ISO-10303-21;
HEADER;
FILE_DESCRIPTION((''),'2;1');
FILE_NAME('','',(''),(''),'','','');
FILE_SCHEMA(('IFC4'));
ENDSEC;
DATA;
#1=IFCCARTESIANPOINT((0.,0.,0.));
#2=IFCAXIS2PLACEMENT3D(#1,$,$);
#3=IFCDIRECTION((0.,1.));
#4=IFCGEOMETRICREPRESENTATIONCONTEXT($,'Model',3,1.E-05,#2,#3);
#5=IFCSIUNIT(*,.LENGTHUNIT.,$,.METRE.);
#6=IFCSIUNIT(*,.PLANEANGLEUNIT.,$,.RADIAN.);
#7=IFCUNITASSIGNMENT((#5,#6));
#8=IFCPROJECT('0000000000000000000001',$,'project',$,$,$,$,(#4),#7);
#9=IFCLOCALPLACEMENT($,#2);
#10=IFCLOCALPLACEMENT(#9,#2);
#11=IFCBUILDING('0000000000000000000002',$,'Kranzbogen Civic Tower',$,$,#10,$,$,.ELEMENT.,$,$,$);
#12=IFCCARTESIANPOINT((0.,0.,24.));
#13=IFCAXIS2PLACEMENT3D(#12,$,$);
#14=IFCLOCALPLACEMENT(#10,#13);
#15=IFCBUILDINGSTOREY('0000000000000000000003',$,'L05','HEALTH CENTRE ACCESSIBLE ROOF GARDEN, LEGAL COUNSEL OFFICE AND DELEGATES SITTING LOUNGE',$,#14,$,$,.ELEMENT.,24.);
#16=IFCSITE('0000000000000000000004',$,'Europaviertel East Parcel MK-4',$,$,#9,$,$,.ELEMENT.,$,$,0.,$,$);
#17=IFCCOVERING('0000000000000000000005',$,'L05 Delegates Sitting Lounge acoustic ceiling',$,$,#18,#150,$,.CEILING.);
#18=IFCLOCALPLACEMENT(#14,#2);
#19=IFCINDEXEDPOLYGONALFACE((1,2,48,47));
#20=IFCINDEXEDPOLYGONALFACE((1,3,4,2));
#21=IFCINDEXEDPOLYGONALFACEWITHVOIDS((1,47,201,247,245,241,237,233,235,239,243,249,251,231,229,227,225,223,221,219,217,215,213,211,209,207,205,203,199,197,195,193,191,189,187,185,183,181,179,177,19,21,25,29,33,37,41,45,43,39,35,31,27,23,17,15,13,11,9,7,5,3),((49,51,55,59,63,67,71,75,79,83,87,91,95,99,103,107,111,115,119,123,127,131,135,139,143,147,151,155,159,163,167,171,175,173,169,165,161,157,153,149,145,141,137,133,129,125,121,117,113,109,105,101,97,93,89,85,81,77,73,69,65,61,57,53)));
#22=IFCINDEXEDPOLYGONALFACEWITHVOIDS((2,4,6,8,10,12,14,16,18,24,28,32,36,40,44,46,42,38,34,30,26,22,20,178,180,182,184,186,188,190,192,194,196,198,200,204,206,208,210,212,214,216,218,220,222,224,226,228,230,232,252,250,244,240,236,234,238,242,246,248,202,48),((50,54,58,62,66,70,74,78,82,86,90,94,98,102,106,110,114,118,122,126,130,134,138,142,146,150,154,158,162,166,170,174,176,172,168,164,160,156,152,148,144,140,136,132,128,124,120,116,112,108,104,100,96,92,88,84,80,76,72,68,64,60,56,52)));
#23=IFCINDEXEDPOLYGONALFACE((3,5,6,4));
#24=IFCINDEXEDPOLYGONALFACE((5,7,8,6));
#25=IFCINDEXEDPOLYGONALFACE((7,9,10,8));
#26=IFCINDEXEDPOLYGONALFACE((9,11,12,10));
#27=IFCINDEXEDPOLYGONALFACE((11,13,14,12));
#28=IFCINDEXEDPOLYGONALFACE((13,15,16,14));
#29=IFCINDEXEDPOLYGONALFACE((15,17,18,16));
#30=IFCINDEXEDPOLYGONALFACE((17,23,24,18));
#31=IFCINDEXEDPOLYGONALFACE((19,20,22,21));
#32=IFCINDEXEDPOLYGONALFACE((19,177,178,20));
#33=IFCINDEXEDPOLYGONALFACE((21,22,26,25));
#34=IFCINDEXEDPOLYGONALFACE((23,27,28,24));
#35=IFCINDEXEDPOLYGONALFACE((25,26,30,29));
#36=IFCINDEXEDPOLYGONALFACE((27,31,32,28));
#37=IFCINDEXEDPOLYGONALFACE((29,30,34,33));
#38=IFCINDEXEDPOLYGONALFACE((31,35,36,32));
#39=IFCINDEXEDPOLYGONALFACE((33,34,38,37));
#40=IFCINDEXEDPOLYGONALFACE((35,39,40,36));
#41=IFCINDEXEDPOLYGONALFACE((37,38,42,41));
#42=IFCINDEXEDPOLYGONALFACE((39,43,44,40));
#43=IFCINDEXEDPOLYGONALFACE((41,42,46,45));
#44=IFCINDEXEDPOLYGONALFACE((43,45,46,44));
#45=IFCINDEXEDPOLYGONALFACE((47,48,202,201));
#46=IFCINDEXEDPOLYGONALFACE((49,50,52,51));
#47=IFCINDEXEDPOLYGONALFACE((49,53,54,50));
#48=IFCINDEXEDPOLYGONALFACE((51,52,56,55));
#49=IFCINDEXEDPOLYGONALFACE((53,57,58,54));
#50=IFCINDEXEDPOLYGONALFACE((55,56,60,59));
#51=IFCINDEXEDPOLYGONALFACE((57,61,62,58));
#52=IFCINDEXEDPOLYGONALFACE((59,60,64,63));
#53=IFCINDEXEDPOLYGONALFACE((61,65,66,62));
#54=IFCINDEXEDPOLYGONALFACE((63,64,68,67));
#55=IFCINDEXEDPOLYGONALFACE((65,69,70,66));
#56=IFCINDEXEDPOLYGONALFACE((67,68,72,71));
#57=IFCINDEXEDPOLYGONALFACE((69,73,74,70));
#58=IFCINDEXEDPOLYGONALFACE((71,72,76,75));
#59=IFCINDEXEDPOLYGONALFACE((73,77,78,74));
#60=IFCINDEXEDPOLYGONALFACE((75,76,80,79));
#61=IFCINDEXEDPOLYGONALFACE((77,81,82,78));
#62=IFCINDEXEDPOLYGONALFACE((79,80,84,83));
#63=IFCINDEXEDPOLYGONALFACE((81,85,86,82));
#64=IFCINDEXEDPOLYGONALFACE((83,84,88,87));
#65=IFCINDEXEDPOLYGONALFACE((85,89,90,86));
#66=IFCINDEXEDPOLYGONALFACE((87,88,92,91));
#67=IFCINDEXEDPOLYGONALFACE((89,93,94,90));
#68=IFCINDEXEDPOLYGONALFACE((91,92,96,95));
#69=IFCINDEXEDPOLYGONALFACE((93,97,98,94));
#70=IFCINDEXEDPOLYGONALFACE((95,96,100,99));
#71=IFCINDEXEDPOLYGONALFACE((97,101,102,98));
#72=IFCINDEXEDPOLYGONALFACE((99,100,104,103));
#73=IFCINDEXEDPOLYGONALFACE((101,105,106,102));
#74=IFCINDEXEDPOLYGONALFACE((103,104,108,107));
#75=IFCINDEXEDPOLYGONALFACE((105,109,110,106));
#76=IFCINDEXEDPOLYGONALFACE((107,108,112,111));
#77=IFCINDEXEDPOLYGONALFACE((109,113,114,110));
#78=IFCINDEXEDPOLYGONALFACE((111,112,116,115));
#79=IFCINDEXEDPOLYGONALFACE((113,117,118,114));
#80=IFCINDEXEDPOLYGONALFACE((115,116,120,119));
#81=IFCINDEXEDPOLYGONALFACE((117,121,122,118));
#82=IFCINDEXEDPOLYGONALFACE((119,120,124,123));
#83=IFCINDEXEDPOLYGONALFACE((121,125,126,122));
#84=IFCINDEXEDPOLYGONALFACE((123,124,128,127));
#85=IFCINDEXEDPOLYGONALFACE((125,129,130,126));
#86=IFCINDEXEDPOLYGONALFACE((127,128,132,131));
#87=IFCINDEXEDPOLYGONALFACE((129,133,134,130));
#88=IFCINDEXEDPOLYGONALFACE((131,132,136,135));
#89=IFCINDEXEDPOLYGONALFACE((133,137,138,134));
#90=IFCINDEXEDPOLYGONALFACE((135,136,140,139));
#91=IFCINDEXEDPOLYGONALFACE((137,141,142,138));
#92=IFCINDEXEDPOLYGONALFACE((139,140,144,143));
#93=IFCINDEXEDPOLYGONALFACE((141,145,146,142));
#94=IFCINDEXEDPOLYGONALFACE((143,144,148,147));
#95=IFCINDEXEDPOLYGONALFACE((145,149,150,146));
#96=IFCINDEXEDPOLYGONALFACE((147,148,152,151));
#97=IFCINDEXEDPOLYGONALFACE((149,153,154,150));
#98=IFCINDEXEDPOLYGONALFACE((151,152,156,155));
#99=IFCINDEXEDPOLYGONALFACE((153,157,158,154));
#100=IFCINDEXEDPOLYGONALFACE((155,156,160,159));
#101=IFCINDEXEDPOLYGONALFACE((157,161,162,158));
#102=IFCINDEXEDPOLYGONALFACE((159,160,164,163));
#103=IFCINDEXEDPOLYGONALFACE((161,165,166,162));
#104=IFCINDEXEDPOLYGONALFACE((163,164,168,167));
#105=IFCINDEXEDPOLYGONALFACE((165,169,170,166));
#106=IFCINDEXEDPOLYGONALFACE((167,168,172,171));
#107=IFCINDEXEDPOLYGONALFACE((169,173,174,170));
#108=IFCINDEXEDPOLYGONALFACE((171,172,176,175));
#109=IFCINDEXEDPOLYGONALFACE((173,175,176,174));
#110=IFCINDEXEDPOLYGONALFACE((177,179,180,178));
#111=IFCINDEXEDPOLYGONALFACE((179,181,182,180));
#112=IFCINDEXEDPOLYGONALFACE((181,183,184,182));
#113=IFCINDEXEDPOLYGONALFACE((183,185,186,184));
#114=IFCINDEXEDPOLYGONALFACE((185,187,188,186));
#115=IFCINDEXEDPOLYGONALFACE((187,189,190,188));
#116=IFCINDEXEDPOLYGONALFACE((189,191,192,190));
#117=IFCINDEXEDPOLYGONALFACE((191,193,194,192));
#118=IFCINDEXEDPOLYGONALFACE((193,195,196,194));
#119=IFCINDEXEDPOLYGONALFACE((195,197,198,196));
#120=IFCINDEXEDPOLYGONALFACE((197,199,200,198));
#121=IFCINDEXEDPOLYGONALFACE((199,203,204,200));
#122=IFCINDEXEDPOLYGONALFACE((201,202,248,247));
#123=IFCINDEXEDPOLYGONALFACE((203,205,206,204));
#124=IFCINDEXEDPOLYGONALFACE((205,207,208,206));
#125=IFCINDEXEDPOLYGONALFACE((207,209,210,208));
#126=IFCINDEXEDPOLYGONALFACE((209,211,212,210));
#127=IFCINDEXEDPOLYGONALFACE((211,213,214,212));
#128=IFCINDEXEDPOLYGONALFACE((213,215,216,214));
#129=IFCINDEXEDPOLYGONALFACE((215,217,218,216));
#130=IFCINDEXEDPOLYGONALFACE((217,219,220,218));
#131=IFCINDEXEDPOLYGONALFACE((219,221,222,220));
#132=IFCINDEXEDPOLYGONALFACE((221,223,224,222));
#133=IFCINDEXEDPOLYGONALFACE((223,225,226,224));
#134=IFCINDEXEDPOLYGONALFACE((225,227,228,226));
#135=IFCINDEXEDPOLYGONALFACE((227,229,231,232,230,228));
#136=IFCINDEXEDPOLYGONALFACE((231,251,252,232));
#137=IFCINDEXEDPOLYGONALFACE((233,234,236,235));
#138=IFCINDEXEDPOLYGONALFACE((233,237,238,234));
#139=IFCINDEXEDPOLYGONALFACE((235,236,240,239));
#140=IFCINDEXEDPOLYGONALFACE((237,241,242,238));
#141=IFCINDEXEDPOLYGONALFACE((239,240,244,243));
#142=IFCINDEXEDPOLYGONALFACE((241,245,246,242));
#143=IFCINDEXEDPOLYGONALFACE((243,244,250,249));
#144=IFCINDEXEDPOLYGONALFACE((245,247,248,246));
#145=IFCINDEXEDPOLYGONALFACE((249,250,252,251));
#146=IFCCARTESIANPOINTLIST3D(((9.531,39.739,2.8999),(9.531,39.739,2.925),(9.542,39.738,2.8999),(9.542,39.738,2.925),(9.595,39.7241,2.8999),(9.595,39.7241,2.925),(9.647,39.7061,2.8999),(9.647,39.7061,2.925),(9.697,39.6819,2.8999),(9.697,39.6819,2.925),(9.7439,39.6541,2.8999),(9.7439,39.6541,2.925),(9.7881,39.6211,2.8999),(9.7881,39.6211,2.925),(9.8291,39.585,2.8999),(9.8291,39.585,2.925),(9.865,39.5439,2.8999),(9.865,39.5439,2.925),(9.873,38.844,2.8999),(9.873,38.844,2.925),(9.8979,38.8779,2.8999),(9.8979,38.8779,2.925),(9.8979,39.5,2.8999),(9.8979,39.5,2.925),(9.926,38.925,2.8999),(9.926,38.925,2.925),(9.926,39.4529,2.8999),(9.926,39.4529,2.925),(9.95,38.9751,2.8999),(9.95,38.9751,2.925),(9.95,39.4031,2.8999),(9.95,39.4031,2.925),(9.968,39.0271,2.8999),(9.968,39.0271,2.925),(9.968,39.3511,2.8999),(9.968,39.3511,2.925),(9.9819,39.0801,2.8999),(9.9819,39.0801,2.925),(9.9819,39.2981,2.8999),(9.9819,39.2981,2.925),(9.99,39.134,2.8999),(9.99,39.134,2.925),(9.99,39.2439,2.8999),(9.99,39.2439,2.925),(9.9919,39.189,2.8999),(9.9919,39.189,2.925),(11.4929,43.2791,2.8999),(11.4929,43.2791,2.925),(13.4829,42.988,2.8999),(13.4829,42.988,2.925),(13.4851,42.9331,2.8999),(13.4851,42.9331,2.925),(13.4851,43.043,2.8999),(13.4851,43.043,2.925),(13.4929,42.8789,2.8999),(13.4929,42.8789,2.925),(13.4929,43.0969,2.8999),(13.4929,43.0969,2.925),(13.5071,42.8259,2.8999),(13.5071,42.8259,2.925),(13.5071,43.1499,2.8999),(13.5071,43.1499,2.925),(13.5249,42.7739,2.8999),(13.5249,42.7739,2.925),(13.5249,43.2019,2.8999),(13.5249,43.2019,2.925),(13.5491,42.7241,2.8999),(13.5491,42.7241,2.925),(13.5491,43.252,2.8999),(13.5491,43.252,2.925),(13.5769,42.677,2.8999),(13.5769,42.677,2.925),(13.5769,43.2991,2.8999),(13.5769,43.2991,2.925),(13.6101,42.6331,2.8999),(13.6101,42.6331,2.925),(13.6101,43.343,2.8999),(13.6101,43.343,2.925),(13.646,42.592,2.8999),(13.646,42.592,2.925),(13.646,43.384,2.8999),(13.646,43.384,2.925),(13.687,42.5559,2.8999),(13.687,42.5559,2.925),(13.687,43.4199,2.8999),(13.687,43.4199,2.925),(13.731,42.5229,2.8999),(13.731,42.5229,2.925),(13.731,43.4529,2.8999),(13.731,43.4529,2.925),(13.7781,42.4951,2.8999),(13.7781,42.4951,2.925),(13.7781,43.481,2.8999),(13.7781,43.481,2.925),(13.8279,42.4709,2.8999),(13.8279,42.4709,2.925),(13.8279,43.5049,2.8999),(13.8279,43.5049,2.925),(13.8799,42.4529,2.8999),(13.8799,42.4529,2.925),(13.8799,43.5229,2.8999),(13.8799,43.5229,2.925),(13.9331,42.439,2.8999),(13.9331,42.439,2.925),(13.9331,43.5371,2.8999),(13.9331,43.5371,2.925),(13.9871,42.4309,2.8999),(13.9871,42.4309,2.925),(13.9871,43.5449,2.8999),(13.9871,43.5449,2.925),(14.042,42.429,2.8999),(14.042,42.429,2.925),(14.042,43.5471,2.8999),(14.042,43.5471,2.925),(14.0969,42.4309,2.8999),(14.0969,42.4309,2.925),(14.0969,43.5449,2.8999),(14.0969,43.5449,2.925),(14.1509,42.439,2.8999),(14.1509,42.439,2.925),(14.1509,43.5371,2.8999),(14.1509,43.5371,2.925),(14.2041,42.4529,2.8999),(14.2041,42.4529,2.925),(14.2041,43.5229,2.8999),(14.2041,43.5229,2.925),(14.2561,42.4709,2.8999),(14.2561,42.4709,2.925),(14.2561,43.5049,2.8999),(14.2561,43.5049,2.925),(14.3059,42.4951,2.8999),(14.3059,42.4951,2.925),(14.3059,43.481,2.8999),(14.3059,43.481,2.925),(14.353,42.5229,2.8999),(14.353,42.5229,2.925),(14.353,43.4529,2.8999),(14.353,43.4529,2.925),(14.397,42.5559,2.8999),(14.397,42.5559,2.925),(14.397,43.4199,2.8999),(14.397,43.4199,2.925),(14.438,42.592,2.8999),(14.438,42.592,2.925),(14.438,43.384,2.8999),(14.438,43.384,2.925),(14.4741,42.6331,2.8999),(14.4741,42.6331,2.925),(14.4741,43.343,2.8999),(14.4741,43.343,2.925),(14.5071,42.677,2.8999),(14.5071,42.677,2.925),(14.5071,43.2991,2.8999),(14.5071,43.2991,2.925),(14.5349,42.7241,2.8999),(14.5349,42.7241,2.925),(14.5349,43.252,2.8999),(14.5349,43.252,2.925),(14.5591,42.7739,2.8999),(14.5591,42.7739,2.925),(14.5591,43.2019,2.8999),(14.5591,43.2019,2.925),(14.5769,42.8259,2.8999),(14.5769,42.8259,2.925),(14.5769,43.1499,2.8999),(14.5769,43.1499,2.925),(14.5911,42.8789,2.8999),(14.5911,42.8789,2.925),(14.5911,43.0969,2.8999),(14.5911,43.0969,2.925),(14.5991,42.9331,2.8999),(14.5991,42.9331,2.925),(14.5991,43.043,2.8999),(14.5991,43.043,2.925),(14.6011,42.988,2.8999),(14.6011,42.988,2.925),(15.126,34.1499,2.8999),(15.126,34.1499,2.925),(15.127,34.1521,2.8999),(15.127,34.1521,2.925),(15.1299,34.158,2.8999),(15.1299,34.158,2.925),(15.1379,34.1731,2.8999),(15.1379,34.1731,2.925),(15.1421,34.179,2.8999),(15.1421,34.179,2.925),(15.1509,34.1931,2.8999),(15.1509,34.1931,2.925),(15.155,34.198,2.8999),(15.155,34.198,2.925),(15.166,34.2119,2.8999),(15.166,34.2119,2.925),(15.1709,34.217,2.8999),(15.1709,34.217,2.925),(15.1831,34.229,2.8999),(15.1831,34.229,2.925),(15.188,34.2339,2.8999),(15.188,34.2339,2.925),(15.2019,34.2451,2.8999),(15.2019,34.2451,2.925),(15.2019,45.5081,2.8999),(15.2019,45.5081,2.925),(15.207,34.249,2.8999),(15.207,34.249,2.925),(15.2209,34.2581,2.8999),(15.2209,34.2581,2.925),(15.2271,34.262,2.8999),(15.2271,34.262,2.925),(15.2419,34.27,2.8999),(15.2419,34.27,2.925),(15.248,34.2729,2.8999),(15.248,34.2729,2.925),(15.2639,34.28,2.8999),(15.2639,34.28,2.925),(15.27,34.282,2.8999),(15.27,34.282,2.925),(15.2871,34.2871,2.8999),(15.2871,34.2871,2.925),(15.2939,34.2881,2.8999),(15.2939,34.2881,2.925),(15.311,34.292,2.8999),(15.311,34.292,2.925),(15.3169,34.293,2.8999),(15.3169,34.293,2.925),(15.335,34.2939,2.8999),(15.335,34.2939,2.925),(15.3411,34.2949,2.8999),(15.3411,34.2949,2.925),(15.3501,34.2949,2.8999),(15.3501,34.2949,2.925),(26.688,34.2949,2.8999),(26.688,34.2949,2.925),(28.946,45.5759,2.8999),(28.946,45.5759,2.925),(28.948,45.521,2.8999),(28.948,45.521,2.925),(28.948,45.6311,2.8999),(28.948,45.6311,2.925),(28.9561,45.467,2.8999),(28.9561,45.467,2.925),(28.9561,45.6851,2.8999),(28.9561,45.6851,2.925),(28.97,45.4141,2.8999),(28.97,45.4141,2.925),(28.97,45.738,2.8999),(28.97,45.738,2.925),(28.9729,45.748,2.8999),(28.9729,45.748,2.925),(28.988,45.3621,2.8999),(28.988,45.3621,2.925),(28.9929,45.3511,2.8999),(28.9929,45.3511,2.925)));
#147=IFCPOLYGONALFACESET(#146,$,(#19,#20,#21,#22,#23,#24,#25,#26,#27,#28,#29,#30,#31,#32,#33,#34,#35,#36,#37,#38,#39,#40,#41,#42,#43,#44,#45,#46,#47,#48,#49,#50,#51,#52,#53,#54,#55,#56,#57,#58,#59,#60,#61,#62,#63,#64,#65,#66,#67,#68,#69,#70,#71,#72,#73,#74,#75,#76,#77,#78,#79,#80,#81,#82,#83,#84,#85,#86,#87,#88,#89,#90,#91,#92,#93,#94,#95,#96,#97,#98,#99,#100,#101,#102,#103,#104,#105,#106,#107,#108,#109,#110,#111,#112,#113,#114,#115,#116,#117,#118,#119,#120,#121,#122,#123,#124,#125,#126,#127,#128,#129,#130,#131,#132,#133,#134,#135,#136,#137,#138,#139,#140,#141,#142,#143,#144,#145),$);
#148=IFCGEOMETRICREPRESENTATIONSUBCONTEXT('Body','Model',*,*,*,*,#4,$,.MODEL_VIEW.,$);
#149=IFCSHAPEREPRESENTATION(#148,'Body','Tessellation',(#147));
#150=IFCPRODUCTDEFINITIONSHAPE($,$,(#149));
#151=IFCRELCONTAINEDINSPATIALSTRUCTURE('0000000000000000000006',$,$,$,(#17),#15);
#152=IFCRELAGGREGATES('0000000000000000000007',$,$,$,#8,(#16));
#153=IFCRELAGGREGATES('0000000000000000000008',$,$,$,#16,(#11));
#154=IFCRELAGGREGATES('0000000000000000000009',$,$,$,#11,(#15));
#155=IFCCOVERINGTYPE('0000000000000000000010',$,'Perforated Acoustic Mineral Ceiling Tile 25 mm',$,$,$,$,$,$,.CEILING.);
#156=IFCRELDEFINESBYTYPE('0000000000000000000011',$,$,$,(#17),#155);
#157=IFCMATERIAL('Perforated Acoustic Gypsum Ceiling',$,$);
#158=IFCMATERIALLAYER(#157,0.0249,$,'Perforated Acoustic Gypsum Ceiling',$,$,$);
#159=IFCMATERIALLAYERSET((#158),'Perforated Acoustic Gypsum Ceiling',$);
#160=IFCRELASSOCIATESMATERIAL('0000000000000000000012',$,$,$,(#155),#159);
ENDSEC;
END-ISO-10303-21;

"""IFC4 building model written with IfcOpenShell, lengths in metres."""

from ifc_helpers import new_model, si_unit, direction, frame, origin, place, context, subcontext, project, spatial, polyline, outline, extrude, material, layer, layer_set, type_object, element, save


model = new_model("IFC4")

# Units and contexts
model_context = context("Model", 3, precision=1e-05, world=origin(), true_north=direction((0.0, 1.0)))
body_context = subcontext(model_context, "Body", "Model", "MODEL_VIEW")
ifc_project = project(units=[si_unit("LENGTHUNIT", "METRE"), si_unit("PLANEANGLEUNIT", "RADIAN")], contexts=[model_context])

# Site, building, storey
site_placement = place(None, origin())
site = spatial("IfcSite", under=ifc_project, at=site_placement, Name="Europaviertel East Parcel MK-4", CompositionType="ELEMENT", RefElevation=0.0)
building_placement = place(site_placement, origin())
building = spatial("IfcBuilding", under=site, at=building_placement, Name="Kranzbogen Civic Tower", CompositionType="ELEMENT")
storey_placement = place(building_placement, frame((0.0, 0.0, 24.0)))
storey = spatial("IfcBuildingStorey", under=building, at=storey_placement, Name="L05", Description="HEALTH CENTRE ACCESSIBLE ROOF GARDEN, LEGAL COUNSEL OFFICE AND DELEGATES SITTING LOUNGE", CompositionType="ELEMENT", Elevation=24.0)

# Covering
ifc_material_1 = material(Name="Perforated Acoustic Gypsum Ceiling")
ifc_layer_1 = layer(ifc_material_1, 0.0249, Name="Perforated Acoustic Gypsum Ceiling")
ifc_layer_set_1 = layer_set([ifc_layer_1], Name="Perforated Acoustic Gypsum Ceiling")
covering_type_1 = type_object("IfcCoveringType", Name="Perforated Acoustic Mineral Ceiling Tile 25 mm", PredefinedType="CEILING", material=ifc_layer_set_1)
covering_1_placement = place(storey_placement, frame((0.0, 0.0, 2.8999)))
element("IfcCovering", 1, at=covering_1_placement, inside=storey, type_object=covering_type_1, Name="L05 Delegates Sitting Lounge acoustic ceiling", PredefinedType="CEILING", context=body_context, shape_type="SweptSolid", body=[
    extrude(outline(polyline([(15.2019, 45.5081), (28.9729, 45.748), (28.97, 45.738), (28.9561, 45.6851), (28.948, 45.6311), (28.946, 45.5759), (28.948, 45.521), (28.9561, 45.467), (28.97, 45.4141), (28.988, 45.3621), (28.9929, 45.3511), (26.688, 34.2949), (15.3501, 34.2949), (15.3411, 34.2949), (15.335, 34.2939), (15.3169, 34.293), (15.311, 34.292), (15.2939, 34.2881), (15.2871, 34.2871), (15.27, 34.282), (15.2639, 34.28), (15.248, 34.2729), (15.2419, 34.27), (15.2271, 34.262), (15.2209, 34.2581), (15.207, 34.249), (15.2019, 34.2451), (15.188, 34.2339), (15.1831, 34.229), (15.1709, 34.217), (15.166, 34.2119), (15.155, 34.198), (15.1509, 34.1931), (15.1421, 34.179), (15.1379, 34.1731), (15.1299, 34.158), (15.127, 34.1521), (15.126, 34.1499), (9.873, 38.844), (9.8979, 38.8779), (9.926, 38.925), (9.95, 38.9751), (9.968, 39.0271), (9.9819, 39.0801), (9.99, 39.134), (9.9919, 39.189), (9.99, 39.2439), (9.9819, 39.2981), (9.968, 39.3511), (9.95, 39.4031), (9.926, 39.4529), (9.8979, 39.5), (9.865, 39.5439), (9.8291, 39.585), (9.7881, 39.6211), (9.7439, 39.6541), (9.697, 39.6819), (9.647, 39.7061), (9.595, 39.7241), (9.542, 39.738), (9.531, 39.739), (11.4929, 43.2791), (15.2019, 45.5081)]), holes=[polyline([(14.5591, 42.7739), (14.5349, 42.7241), (14.5071, 42.677), (14.4741, 42.6331), (14.438, 42.592), (14.397, 42.5559), (14.353, 42.5229), (14.3059, 42.4951), (14.2561, 42.4709), (14.2041, 42.4529), (14.1509, 42.439), (14.0969, 42.4309), (14.042, 42.429), (13.9871, 42.4309), (13.9331, 42.439), (13.8799, 42.4529), (13.8279, 42.4709), (13.7781, 42.4951), (13.731, 42.5229), (13.687, 42.5559), (13.646, 42.592), (13.6101, 42.6331), (13.5769, 42.677), (13.5491, 42.7241), (13.5249, 42.7739), (13.5071, 42.8259), (13.4929, 42.8789), (13.4851, 42.9331), (13.4829, 42.988), (13.4851, 43.043), (13.4929, 43.0969), (13.5071, 43.1499), (13.5249, 43.2019), (13.5491, 43.252), (13.5769, 43.2991), (13.6101, 43.343), (13.646, 43.384), (13.687, 43.4199), (13.731, 43.4529), (13.7781, 43.481), (13.8279, 43.5049), (13.8799, 43.5229), (13.9331, 43.5371), (13.9871, 43.5449), (14.042, 43.5471), (14.0969, 43.5449), (14.1509, 43.5371), (14.2041, 43.5229), (14.2561, 43.5049), (14.3059, 43.481), (14.353, 43.4529), (14.397, 43.4199), (14.438, 43.384), (14.4741, 43.343), (14.5071, 43.2991), (14.5349, 43.252), (14.5591, 43.2019), (14.5769, 43.1499), (14.5911, 43.0969), (14.5991, 43.043), (14.6011, 42.988), (14.5991, 42.9331), (14.5911, 42.8789), (14.5769, 42.8259), (14.5591, 42.7739)])]), origin(), (0.0, 0.0, 1.0), 0.0251),
])

save(model, "model.ifc")
